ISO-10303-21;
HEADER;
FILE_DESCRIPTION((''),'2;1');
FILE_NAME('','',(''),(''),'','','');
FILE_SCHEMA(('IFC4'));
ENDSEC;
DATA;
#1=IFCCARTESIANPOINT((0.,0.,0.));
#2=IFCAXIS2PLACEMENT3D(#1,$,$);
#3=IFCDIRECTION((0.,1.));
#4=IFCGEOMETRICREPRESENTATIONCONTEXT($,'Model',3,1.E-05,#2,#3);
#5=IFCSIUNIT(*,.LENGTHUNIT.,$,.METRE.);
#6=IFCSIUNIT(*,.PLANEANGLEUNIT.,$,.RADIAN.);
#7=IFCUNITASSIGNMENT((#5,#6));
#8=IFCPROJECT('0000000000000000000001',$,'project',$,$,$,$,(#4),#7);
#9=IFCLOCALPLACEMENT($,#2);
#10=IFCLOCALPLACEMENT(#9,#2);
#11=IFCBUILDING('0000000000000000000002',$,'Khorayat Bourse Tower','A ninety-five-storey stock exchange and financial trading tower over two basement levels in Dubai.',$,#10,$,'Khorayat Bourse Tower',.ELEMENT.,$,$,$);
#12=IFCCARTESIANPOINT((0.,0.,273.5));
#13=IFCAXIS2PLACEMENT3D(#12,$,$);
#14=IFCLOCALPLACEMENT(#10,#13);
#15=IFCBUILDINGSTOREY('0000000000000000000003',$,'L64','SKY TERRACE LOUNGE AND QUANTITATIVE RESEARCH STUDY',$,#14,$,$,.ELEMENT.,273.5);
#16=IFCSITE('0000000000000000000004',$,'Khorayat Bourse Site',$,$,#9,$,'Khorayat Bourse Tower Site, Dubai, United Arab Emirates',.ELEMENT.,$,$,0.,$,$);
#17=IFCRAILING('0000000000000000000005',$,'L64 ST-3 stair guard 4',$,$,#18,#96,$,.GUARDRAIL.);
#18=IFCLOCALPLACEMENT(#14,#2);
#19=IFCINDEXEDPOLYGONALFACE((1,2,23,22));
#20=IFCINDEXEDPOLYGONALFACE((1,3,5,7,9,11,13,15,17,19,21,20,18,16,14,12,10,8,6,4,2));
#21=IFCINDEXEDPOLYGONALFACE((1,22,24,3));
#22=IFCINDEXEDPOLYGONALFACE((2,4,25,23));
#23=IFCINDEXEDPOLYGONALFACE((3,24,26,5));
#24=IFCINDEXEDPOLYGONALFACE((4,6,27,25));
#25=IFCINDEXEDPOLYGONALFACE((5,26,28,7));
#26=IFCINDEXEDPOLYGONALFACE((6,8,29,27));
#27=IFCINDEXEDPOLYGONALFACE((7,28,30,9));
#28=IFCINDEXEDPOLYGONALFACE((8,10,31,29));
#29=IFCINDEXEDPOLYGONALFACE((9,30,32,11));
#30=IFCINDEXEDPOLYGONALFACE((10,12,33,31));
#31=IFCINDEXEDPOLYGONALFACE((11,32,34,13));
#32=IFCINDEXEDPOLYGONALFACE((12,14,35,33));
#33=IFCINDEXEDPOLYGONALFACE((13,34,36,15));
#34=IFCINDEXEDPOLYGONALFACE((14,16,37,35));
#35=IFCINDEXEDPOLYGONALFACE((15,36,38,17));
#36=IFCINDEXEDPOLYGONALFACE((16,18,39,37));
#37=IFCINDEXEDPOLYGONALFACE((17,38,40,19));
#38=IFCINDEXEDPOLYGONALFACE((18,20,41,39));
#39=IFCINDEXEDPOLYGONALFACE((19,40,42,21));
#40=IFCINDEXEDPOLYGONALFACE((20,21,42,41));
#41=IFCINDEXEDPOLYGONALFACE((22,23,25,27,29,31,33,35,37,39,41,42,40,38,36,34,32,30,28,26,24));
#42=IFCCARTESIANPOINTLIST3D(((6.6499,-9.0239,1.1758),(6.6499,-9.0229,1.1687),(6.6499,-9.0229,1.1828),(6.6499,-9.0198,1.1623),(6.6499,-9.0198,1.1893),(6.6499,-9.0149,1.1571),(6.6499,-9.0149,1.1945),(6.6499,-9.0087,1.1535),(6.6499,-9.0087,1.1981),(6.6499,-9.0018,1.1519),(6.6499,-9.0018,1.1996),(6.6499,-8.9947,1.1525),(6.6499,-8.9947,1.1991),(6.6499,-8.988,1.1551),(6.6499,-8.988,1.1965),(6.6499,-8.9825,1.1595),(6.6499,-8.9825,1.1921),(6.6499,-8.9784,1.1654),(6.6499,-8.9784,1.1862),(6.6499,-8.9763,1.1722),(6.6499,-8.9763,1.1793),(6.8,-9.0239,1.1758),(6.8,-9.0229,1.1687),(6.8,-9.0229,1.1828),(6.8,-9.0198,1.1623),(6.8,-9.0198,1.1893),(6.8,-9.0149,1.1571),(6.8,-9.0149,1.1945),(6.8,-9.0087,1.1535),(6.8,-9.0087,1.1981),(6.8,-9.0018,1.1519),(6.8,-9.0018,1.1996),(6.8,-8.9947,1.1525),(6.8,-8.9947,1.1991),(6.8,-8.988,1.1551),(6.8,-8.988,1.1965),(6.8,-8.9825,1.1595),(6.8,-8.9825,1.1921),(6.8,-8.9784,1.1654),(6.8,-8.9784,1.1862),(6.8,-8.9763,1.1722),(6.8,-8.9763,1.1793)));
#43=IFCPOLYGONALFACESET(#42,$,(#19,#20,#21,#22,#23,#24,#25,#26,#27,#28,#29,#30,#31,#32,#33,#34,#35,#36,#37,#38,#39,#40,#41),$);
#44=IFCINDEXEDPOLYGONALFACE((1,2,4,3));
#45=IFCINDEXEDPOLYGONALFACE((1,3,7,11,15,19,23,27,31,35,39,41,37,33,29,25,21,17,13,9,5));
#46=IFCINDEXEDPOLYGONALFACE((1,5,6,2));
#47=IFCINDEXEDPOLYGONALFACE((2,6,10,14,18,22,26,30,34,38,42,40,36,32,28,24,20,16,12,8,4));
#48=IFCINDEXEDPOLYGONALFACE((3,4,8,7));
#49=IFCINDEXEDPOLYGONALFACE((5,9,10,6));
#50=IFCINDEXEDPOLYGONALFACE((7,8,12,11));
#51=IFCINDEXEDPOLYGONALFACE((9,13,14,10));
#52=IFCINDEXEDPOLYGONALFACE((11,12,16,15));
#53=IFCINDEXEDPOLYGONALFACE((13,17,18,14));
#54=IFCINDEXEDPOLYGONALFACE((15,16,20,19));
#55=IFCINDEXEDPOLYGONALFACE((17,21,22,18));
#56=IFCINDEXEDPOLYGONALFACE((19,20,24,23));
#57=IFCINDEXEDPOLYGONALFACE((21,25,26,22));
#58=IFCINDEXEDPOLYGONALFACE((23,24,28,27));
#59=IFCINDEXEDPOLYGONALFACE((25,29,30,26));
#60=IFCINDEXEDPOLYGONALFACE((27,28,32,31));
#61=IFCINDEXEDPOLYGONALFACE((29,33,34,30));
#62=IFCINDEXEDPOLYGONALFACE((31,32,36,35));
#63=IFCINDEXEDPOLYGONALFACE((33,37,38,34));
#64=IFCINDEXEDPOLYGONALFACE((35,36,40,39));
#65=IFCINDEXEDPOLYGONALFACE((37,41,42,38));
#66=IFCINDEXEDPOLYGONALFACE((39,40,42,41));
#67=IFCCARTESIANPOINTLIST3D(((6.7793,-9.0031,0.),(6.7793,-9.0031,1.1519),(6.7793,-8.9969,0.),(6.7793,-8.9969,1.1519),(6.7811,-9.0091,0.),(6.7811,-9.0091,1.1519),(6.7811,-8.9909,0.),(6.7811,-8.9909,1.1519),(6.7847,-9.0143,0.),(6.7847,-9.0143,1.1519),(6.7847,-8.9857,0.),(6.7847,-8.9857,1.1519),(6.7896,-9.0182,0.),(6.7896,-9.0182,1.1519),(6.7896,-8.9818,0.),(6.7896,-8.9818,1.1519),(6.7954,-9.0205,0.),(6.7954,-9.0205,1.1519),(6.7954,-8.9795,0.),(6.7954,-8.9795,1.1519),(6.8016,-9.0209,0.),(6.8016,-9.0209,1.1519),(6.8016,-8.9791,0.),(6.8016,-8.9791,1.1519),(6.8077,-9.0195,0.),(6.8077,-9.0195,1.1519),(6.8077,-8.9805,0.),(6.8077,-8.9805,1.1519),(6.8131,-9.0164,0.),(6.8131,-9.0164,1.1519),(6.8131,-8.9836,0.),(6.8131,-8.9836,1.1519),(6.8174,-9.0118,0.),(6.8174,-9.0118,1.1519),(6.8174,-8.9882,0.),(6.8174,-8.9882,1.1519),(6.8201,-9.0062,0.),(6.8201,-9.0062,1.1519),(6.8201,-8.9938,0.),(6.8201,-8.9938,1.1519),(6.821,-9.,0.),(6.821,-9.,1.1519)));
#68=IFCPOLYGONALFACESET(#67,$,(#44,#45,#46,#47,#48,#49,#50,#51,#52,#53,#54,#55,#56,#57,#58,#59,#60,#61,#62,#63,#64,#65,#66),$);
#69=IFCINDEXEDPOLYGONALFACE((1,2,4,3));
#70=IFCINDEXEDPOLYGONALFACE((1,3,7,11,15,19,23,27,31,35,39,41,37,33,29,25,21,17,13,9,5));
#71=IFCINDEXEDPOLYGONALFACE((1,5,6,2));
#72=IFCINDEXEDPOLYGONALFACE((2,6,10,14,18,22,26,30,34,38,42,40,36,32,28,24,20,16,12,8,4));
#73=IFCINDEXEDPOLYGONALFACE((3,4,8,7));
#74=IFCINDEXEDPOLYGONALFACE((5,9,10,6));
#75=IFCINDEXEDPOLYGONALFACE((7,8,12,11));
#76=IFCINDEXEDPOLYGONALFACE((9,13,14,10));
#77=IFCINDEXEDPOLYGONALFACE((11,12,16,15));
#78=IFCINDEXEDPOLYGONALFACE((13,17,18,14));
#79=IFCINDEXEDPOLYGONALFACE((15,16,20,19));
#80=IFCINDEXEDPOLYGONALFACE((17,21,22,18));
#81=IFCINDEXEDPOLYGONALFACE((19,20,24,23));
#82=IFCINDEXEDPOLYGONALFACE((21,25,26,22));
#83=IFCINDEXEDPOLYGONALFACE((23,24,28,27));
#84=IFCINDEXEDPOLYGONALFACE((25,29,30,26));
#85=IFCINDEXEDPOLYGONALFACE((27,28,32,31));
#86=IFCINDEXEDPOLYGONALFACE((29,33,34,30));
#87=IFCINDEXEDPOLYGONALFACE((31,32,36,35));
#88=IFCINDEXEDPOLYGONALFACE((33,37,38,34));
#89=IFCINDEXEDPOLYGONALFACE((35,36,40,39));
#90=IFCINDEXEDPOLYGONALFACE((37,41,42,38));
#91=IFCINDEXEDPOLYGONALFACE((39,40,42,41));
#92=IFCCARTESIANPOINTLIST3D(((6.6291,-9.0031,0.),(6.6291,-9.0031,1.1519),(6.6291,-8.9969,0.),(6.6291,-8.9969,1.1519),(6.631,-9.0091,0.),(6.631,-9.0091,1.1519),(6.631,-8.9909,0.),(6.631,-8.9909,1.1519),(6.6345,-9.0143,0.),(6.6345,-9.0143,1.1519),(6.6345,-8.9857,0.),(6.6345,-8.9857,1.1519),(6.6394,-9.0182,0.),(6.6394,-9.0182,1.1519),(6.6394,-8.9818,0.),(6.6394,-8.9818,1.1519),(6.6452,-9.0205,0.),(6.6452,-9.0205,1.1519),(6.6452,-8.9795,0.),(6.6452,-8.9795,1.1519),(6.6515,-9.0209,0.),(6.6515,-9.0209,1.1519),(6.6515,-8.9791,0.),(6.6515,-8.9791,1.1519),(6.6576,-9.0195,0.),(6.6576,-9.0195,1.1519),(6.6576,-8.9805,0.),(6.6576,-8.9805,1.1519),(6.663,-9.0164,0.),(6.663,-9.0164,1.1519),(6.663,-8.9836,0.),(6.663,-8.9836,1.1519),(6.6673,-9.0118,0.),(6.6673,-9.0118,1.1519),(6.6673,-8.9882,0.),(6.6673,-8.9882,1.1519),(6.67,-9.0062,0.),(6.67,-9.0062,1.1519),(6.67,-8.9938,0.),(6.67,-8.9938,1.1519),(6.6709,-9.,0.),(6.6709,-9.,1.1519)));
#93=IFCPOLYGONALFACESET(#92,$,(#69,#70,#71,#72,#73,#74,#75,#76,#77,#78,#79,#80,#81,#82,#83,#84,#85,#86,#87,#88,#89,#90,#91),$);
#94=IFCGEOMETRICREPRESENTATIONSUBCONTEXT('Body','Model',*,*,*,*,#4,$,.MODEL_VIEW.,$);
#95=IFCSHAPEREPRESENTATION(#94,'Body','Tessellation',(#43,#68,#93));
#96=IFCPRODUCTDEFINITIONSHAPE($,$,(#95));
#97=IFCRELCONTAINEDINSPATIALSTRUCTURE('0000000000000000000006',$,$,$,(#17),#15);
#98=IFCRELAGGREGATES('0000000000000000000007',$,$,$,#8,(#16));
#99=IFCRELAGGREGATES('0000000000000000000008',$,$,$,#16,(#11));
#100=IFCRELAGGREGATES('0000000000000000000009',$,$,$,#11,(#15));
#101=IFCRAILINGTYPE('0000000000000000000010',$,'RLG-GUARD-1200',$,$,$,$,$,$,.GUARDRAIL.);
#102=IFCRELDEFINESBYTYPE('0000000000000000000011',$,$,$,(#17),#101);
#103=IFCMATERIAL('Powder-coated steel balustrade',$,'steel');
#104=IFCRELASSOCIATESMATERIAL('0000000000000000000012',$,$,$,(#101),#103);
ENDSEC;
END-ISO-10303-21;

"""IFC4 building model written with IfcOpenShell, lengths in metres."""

from ifc_helpers import new_model, si_unit, direction, frame, origin, origin_2d, place, context, subcontext, project, spatial, circle, extrude, source, transform, mapped, material, type_object, element, save


model = new_model("IFC4")

# Units and contexts
model_context = context("Model", 3, precision=1e-05, world=origin(), true_north=direction((0.0, 1.0)))
body_context = subcontext(model_context, "Body", "Model", "MODEL_VIEW")
ifc_project = project(units=[si_unit("LENGTHUNIT", "METRE"), si_unit("PLANEANGLEUNIT", "RADIAN")], contexts=[model_context])

# Site, building, storey
site_placement = place(None, origin())
site = spatial("IfcSite", under=ifc_project, at=site_placement, Name="Khorayat Bourse Site", LongName="Khorayat Bourse Tower Site, Dubai, United Arab Emirates", CompositionType="ELEMENT", RefElevation=0.0)
building_placement = place(site_placement, origin())
building = spatial("IfcBuilding", under=site, at=building_placement, Name="Khorayat Bourse Tower", Description="A ninety-five-storey stock exchange and financial trading tower over two basement levels in Dubai.", LongName="Khorayat Bourse Tower", CompositionType="ELEMENT")
storey_placement = place(building_placement, frame((0.0, 0.0, 273.5)))
storey = spatial("IfcBuildingStorey", under=building, at=storey_placement, Name="L64", Description="SKY TERRACE LOUNGE AND QUANTITATIVE RESEARCH STUDY", CompositionType="ELEMENT", Elevation=273.5)

# Railing
ifc_material_1 = material(Name="Powder-coated steel balustrade", Category="steel")
railing_type_1 = type_object("IfcRailingType", Name="RLG-GUARD-1200", PredefinedType="GUARDRAIL", material=ifc_material_1)
shared_shape_1 = source(origin(), body_context, "Body", "SweptSolid", [
    extrude(circle(Radius=0.0239, at=origin_2d()), frame((0.0, 0.0, 1.1758), z_axis=(-1.0, 0.0, 0.0), x_axis=(0.0, -1.0, 0.0)), (0.0, 0.0, 1.0), 0.1501),
    extrude(circle(Radius=0.021, at=origin_2d()), origin(), (0.0, 0.0, 1.0), 1.1519),
    extrude(circle(Radius=0.021, at=origin_2d()), frame((-0.1501, 0.0, 0.0)), (0.0, 0.0, 1.0), 1.1519),
])
for number, where, name in (
    (1, (6.8, -9.0, 0.0), "L64 ST-3 stair guard 4"),
):
    element("IfcRailing", number, at=place(storey_placement, frame(where)), inside=storey, type_object=railing_type_1, Name=name, PredefinedType="GUARDRAIL", context=body_context, shape_type="MappedRepresentation", body=[
        mapped(shared_shape_1, transform((0.0, 0.0, 0.0), scale=1.0)),
    ])

save(model, "model.ifc")
